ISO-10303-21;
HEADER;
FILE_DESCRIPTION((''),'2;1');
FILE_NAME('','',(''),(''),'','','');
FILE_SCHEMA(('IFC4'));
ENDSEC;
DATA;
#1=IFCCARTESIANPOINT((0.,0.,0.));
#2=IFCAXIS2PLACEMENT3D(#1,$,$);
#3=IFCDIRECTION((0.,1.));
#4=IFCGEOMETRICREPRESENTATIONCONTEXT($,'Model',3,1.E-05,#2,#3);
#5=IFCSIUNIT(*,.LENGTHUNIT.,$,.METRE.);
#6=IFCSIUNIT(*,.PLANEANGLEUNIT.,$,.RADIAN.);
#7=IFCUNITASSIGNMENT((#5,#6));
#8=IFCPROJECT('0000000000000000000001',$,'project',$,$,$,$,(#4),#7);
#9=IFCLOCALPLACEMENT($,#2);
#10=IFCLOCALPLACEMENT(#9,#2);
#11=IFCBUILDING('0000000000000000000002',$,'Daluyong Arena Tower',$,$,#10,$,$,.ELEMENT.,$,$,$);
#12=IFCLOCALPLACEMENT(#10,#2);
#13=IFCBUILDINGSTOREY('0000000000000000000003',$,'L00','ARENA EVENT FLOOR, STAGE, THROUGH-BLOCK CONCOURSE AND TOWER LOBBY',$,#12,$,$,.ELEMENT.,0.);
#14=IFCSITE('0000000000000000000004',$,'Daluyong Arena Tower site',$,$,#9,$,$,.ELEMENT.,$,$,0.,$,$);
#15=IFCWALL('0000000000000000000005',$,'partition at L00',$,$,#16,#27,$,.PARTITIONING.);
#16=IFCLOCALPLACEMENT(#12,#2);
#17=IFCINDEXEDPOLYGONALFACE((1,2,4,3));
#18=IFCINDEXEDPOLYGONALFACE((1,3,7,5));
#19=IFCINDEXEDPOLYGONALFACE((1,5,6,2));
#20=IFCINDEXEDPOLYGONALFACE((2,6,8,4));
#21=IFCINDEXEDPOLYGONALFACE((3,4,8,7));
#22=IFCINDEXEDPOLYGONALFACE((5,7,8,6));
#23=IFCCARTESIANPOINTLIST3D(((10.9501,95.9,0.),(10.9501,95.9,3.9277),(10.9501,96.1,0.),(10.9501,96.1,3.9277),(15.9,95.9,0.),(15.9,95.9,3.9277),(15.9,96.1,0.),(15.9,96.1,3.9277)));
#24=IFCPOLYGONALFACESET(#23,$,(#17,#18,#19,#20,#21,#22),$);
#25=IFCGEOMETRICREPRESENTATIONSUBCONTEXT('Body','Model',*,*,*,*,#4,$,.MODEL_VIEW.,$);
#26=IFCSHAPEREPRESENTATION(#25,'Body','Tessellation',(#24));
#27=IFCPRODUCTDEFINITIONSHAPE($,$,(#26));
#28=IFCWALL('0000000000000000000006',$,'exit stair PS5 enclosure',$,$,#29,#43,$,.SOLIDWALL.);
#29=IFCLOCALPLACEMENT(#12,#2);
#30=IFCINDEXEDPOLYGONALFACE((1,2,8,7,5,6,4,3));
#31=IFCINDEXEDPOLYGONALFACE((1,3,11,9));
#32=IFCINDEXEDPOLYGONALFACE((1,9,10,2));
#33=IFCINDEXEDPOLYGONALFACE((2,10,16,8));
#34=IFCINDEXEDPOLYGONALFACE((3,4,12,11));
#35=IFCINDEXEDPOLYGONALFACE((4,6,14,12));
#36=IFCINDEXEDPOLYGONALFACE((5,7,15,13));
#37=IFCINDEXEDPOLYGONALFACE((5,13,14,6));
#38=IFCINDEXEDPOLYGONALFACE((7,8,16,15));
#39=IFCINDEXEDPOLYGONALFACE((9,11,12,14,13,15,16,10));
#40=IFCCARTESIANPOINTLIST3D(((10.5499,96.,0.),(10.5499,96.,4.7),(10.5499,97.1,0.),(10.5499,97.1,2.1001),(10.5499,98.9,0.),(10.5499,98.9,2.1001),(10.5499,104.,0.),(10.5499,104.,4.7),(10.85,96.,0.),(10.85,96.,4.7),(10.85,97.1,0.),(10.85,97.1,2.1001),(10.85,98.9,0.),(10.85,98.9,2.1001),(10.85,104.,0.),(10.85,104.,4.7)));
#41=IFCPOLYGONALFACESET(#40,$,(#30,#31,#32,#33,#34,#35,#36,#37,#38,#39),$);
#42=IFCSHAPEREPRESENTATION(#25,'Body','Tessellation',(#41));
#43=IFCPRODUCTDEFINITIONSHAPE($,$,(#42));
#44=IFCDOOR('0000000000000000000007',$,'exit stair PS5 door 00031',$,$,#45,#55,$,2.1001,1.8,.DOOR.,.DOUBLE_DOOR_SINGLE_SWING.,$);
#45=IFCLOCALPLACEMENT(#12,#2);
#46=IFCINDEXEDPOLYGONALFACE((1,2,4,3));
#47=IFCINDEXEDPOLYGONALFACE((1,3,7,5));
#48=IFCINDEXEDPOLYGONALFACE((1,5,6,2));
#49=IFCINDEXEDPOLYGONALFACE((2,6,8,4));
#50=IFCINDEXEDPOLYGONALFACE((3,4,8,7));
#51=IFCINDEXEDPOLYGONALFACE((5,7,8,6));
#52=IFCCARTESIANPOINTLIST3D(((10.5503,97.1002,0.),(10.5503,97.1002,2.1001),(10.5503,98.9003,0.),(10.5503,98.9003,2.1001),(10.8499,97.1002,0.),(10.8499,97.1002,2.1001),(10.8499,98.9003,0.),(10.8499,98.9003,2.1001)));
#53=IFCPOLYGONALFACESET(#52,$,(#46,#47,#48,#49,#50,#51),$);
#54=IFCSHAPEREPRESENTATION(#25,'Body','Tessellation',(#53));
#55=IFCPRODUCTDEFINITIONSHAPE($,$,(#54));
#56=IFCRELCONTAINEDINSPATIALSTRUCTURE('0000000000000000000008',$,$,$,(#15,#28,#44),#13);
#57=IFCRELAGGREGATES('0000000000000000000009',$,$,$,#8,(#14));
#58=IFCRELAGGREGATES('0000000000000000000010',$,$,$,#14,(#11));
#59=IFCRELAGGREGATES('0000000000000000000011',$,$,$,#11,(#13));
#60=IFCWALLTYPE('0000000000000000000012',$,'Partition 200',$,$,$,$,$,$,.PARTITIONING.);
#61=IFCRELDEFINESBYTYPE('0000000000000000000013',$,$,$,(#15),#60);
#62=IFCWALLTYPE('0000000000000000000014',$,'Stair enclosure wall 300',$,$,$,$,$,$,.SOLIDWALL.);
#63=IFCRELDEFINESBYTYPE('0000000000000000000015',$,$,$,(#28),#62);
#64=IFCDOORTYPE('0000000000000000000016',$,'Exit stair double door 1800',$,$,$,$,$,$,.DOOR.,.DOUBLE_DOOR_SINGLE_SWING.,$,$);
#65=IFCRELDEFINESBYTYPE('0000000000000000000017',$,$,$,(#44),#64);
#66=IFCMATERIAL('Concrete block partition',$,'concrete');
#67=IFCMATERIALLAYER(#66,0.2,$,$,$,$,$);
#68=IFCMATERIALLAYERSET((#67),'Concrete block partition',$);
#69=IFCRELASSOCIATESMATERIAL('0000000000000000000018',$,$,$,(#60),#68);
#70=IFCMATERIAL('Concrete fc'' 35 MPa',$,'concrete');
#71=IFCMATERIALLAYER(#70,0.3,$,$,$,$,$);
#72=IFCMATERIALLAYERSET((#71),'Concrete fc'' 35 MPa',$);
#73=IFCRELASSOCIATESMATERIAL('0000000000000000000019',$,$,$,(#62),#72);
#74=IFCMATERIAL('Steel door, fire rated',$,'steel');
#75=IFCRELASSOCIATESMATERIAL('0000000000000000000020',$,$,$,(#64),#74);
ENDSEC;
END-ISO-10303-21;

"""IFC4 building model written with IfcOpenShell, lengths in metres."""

from ifc_helpers import new_model, si_unit, direction, frame, frame_2d, origin, place, context, subcontext, project, spatial, rectangle, extrude, material, layer, layer_set, type_object, element, fill, save


model = new_model("IFC4")

# Units and contexts
model_context = context("Model", 3, precision=1e-05, world=origin(), true_north=direction((0.0, 1.0)))
body_context = subcontext(model_context, "Body", "Model", "MODEL_VIEW")
ifc_project = project(units=[si_unit("LENGTHUNIT", "METRE"), si_unit("PLANEANGLEUNIT", "RADIAN")], contexts=[model_context])

# Site, building, storey
site_placement = place(None, origin())
site = spatial("IfcSite", under=ifc_project, at=site_placement, Name="Daluyong Arena Tower site", CompositionType="ELEMENT", RefElevation=0.0)
building_placement = place(site_placement, origin())
building = spatial("IfcBuilding", under=site, at=building_placement, Name="Daluyong Arena Tower", CompositionType="ELEMENT")
storey_placement = place(building_placement, origin())
storey = spatial("IfcBuildingStorey", under=building, at=storey_placement, Name="L00", Description="ARENA EVENT FLOOR, STAGE, THROUGH-BLOCK CONCOURSE AND TOWER LOBBY", CompositionType="ELEMENT", Elevation=0.0)

# Wall
ifc_material_1 = material(Name="Concrete block partition", Category="concrete")
ifc_layer_1 = layer(ifc_material_1, 0.2)
ifc_layer_set_1 = layer_set([ifc_layer_1], Name="Concrete block partition")
wall_type_1 = type_object("IfcWallType", Name="Partition 200", PredefinedType="PARTITIONING", material=ifc_layer_set_1)
wall_1_placement = place(storey_placement, frame((10.95, 96.0, 0.0), z_axis=(0.0, 0.0, 1.0), x_axis=(1.0, 0.0, 0.0)))
element("IfcWall", 1, at=wall_1_placement, inside=storey, type_object=wall_type_1, Name="partition at L00", PredefinedType="PARTITIONING", context=body_context, shape_type="SweptSolid", body=[
    extrude(rectangle(XDim=4.95, YDim=0.2, at=frame_2d((2.4751, 0.0))), origin(), (0.0, 0.0, 1.0), 3.9277),
])

# Wall, opening, door
ifc_material_2 = material(Name="Concrete fc' 35 MPa", Category="concrete")
ifc_layer_2 = layer(ifc_material_2, 0.3)
ifc_layer_set_2 = layer_set([ifc_layer_2], Name="Concrete fc' 35 MPa")
wall_type_2 = type_object("IfcWallType", Name="Stair enclosure wall 300", PredefinedType="SOLIDWALL", material=ifc_layer_set_2)
wall_2_placement = place(storey_placement, frame((10.7, 96.0, 0.0), z_axis=(0.0, 0.0, 1.0), x_axis=(0.0, 1.0, 0.0)))
wall_2 = element("IfcWall", 2, at=wall_2_placement, inside=storey, type_object=wall_type_2, Name="exit stair PS5 enclosure", PredefinedType="SOLIDWALL", context=body_context, shape_type="SweptSolid", body=[
    extrude(rectangle(XDim=8.0, YDim=0.3, at=frame_2d((4.0, 0.0))), origin(), (0.0, 0.0, 1.0), 4.7),
])
opening_placement = place(wall_2_placement, frame((1.1001, 0.0, 0.0)))
opening = element("IfcOpeningElement", 3, at=opening_placement, cuts=wall_2, PredefinedType="OPENING", context=body_context, shape_type="SweptSolid", body=[
    extrude(rectangle(XDim=1.8, YDim=2.1001, at=frame_2d((0.8999, 1.05))), frame((0.0, 0.1599, 0.0), z_axis=(0.0, -1.0, 0.0), x_axis=(1.0, 0.0, 0.0)), (0.0, 0.0, 1.0), 0.3201),
])
ifc_material_3 = material(Name="Steel door, fire rated", Category="steel")
door_type = type_object("IfcDoorType", Name="Exit stair double door 1800", OperationType="DOUBLE_DOOR_SINGLE_SWING", PredefinedType="DOOR", material=ifc_material_3)
door_placement = place(opening_placement, frame((1.8, 0.0, 0.0), z_axis=(0.0, 0.0, 1.0), x_axis=(-1.0, 0.0, 0.0)))
door = element("IfcDoor", 4, at=door_placement, inside=storey, type_object=door_type, Name="exit stair PS5 door 00031", OperationType="DOUBLE_DOOR_SINGLE_SWING", OverallHeight=2.1001, OverallWidth=1.8, PredefinedType="DOOR", context=body_context, shape_type="SweptSolid", body=[
    extrude(rectangle(XDim=1.8, YDim=2.1001, at=frame_2d((0.8999, 1.05))), frame((0.0, 0.1499, 0.0), z_axis=(0.0, -1.0, 0.0), x_axis=(1.0, 0.0, 0.0)), (0.0, 0.0, 1.0), 0.2996),
])
fill(opening, door)

save(model, "model.ifc")
